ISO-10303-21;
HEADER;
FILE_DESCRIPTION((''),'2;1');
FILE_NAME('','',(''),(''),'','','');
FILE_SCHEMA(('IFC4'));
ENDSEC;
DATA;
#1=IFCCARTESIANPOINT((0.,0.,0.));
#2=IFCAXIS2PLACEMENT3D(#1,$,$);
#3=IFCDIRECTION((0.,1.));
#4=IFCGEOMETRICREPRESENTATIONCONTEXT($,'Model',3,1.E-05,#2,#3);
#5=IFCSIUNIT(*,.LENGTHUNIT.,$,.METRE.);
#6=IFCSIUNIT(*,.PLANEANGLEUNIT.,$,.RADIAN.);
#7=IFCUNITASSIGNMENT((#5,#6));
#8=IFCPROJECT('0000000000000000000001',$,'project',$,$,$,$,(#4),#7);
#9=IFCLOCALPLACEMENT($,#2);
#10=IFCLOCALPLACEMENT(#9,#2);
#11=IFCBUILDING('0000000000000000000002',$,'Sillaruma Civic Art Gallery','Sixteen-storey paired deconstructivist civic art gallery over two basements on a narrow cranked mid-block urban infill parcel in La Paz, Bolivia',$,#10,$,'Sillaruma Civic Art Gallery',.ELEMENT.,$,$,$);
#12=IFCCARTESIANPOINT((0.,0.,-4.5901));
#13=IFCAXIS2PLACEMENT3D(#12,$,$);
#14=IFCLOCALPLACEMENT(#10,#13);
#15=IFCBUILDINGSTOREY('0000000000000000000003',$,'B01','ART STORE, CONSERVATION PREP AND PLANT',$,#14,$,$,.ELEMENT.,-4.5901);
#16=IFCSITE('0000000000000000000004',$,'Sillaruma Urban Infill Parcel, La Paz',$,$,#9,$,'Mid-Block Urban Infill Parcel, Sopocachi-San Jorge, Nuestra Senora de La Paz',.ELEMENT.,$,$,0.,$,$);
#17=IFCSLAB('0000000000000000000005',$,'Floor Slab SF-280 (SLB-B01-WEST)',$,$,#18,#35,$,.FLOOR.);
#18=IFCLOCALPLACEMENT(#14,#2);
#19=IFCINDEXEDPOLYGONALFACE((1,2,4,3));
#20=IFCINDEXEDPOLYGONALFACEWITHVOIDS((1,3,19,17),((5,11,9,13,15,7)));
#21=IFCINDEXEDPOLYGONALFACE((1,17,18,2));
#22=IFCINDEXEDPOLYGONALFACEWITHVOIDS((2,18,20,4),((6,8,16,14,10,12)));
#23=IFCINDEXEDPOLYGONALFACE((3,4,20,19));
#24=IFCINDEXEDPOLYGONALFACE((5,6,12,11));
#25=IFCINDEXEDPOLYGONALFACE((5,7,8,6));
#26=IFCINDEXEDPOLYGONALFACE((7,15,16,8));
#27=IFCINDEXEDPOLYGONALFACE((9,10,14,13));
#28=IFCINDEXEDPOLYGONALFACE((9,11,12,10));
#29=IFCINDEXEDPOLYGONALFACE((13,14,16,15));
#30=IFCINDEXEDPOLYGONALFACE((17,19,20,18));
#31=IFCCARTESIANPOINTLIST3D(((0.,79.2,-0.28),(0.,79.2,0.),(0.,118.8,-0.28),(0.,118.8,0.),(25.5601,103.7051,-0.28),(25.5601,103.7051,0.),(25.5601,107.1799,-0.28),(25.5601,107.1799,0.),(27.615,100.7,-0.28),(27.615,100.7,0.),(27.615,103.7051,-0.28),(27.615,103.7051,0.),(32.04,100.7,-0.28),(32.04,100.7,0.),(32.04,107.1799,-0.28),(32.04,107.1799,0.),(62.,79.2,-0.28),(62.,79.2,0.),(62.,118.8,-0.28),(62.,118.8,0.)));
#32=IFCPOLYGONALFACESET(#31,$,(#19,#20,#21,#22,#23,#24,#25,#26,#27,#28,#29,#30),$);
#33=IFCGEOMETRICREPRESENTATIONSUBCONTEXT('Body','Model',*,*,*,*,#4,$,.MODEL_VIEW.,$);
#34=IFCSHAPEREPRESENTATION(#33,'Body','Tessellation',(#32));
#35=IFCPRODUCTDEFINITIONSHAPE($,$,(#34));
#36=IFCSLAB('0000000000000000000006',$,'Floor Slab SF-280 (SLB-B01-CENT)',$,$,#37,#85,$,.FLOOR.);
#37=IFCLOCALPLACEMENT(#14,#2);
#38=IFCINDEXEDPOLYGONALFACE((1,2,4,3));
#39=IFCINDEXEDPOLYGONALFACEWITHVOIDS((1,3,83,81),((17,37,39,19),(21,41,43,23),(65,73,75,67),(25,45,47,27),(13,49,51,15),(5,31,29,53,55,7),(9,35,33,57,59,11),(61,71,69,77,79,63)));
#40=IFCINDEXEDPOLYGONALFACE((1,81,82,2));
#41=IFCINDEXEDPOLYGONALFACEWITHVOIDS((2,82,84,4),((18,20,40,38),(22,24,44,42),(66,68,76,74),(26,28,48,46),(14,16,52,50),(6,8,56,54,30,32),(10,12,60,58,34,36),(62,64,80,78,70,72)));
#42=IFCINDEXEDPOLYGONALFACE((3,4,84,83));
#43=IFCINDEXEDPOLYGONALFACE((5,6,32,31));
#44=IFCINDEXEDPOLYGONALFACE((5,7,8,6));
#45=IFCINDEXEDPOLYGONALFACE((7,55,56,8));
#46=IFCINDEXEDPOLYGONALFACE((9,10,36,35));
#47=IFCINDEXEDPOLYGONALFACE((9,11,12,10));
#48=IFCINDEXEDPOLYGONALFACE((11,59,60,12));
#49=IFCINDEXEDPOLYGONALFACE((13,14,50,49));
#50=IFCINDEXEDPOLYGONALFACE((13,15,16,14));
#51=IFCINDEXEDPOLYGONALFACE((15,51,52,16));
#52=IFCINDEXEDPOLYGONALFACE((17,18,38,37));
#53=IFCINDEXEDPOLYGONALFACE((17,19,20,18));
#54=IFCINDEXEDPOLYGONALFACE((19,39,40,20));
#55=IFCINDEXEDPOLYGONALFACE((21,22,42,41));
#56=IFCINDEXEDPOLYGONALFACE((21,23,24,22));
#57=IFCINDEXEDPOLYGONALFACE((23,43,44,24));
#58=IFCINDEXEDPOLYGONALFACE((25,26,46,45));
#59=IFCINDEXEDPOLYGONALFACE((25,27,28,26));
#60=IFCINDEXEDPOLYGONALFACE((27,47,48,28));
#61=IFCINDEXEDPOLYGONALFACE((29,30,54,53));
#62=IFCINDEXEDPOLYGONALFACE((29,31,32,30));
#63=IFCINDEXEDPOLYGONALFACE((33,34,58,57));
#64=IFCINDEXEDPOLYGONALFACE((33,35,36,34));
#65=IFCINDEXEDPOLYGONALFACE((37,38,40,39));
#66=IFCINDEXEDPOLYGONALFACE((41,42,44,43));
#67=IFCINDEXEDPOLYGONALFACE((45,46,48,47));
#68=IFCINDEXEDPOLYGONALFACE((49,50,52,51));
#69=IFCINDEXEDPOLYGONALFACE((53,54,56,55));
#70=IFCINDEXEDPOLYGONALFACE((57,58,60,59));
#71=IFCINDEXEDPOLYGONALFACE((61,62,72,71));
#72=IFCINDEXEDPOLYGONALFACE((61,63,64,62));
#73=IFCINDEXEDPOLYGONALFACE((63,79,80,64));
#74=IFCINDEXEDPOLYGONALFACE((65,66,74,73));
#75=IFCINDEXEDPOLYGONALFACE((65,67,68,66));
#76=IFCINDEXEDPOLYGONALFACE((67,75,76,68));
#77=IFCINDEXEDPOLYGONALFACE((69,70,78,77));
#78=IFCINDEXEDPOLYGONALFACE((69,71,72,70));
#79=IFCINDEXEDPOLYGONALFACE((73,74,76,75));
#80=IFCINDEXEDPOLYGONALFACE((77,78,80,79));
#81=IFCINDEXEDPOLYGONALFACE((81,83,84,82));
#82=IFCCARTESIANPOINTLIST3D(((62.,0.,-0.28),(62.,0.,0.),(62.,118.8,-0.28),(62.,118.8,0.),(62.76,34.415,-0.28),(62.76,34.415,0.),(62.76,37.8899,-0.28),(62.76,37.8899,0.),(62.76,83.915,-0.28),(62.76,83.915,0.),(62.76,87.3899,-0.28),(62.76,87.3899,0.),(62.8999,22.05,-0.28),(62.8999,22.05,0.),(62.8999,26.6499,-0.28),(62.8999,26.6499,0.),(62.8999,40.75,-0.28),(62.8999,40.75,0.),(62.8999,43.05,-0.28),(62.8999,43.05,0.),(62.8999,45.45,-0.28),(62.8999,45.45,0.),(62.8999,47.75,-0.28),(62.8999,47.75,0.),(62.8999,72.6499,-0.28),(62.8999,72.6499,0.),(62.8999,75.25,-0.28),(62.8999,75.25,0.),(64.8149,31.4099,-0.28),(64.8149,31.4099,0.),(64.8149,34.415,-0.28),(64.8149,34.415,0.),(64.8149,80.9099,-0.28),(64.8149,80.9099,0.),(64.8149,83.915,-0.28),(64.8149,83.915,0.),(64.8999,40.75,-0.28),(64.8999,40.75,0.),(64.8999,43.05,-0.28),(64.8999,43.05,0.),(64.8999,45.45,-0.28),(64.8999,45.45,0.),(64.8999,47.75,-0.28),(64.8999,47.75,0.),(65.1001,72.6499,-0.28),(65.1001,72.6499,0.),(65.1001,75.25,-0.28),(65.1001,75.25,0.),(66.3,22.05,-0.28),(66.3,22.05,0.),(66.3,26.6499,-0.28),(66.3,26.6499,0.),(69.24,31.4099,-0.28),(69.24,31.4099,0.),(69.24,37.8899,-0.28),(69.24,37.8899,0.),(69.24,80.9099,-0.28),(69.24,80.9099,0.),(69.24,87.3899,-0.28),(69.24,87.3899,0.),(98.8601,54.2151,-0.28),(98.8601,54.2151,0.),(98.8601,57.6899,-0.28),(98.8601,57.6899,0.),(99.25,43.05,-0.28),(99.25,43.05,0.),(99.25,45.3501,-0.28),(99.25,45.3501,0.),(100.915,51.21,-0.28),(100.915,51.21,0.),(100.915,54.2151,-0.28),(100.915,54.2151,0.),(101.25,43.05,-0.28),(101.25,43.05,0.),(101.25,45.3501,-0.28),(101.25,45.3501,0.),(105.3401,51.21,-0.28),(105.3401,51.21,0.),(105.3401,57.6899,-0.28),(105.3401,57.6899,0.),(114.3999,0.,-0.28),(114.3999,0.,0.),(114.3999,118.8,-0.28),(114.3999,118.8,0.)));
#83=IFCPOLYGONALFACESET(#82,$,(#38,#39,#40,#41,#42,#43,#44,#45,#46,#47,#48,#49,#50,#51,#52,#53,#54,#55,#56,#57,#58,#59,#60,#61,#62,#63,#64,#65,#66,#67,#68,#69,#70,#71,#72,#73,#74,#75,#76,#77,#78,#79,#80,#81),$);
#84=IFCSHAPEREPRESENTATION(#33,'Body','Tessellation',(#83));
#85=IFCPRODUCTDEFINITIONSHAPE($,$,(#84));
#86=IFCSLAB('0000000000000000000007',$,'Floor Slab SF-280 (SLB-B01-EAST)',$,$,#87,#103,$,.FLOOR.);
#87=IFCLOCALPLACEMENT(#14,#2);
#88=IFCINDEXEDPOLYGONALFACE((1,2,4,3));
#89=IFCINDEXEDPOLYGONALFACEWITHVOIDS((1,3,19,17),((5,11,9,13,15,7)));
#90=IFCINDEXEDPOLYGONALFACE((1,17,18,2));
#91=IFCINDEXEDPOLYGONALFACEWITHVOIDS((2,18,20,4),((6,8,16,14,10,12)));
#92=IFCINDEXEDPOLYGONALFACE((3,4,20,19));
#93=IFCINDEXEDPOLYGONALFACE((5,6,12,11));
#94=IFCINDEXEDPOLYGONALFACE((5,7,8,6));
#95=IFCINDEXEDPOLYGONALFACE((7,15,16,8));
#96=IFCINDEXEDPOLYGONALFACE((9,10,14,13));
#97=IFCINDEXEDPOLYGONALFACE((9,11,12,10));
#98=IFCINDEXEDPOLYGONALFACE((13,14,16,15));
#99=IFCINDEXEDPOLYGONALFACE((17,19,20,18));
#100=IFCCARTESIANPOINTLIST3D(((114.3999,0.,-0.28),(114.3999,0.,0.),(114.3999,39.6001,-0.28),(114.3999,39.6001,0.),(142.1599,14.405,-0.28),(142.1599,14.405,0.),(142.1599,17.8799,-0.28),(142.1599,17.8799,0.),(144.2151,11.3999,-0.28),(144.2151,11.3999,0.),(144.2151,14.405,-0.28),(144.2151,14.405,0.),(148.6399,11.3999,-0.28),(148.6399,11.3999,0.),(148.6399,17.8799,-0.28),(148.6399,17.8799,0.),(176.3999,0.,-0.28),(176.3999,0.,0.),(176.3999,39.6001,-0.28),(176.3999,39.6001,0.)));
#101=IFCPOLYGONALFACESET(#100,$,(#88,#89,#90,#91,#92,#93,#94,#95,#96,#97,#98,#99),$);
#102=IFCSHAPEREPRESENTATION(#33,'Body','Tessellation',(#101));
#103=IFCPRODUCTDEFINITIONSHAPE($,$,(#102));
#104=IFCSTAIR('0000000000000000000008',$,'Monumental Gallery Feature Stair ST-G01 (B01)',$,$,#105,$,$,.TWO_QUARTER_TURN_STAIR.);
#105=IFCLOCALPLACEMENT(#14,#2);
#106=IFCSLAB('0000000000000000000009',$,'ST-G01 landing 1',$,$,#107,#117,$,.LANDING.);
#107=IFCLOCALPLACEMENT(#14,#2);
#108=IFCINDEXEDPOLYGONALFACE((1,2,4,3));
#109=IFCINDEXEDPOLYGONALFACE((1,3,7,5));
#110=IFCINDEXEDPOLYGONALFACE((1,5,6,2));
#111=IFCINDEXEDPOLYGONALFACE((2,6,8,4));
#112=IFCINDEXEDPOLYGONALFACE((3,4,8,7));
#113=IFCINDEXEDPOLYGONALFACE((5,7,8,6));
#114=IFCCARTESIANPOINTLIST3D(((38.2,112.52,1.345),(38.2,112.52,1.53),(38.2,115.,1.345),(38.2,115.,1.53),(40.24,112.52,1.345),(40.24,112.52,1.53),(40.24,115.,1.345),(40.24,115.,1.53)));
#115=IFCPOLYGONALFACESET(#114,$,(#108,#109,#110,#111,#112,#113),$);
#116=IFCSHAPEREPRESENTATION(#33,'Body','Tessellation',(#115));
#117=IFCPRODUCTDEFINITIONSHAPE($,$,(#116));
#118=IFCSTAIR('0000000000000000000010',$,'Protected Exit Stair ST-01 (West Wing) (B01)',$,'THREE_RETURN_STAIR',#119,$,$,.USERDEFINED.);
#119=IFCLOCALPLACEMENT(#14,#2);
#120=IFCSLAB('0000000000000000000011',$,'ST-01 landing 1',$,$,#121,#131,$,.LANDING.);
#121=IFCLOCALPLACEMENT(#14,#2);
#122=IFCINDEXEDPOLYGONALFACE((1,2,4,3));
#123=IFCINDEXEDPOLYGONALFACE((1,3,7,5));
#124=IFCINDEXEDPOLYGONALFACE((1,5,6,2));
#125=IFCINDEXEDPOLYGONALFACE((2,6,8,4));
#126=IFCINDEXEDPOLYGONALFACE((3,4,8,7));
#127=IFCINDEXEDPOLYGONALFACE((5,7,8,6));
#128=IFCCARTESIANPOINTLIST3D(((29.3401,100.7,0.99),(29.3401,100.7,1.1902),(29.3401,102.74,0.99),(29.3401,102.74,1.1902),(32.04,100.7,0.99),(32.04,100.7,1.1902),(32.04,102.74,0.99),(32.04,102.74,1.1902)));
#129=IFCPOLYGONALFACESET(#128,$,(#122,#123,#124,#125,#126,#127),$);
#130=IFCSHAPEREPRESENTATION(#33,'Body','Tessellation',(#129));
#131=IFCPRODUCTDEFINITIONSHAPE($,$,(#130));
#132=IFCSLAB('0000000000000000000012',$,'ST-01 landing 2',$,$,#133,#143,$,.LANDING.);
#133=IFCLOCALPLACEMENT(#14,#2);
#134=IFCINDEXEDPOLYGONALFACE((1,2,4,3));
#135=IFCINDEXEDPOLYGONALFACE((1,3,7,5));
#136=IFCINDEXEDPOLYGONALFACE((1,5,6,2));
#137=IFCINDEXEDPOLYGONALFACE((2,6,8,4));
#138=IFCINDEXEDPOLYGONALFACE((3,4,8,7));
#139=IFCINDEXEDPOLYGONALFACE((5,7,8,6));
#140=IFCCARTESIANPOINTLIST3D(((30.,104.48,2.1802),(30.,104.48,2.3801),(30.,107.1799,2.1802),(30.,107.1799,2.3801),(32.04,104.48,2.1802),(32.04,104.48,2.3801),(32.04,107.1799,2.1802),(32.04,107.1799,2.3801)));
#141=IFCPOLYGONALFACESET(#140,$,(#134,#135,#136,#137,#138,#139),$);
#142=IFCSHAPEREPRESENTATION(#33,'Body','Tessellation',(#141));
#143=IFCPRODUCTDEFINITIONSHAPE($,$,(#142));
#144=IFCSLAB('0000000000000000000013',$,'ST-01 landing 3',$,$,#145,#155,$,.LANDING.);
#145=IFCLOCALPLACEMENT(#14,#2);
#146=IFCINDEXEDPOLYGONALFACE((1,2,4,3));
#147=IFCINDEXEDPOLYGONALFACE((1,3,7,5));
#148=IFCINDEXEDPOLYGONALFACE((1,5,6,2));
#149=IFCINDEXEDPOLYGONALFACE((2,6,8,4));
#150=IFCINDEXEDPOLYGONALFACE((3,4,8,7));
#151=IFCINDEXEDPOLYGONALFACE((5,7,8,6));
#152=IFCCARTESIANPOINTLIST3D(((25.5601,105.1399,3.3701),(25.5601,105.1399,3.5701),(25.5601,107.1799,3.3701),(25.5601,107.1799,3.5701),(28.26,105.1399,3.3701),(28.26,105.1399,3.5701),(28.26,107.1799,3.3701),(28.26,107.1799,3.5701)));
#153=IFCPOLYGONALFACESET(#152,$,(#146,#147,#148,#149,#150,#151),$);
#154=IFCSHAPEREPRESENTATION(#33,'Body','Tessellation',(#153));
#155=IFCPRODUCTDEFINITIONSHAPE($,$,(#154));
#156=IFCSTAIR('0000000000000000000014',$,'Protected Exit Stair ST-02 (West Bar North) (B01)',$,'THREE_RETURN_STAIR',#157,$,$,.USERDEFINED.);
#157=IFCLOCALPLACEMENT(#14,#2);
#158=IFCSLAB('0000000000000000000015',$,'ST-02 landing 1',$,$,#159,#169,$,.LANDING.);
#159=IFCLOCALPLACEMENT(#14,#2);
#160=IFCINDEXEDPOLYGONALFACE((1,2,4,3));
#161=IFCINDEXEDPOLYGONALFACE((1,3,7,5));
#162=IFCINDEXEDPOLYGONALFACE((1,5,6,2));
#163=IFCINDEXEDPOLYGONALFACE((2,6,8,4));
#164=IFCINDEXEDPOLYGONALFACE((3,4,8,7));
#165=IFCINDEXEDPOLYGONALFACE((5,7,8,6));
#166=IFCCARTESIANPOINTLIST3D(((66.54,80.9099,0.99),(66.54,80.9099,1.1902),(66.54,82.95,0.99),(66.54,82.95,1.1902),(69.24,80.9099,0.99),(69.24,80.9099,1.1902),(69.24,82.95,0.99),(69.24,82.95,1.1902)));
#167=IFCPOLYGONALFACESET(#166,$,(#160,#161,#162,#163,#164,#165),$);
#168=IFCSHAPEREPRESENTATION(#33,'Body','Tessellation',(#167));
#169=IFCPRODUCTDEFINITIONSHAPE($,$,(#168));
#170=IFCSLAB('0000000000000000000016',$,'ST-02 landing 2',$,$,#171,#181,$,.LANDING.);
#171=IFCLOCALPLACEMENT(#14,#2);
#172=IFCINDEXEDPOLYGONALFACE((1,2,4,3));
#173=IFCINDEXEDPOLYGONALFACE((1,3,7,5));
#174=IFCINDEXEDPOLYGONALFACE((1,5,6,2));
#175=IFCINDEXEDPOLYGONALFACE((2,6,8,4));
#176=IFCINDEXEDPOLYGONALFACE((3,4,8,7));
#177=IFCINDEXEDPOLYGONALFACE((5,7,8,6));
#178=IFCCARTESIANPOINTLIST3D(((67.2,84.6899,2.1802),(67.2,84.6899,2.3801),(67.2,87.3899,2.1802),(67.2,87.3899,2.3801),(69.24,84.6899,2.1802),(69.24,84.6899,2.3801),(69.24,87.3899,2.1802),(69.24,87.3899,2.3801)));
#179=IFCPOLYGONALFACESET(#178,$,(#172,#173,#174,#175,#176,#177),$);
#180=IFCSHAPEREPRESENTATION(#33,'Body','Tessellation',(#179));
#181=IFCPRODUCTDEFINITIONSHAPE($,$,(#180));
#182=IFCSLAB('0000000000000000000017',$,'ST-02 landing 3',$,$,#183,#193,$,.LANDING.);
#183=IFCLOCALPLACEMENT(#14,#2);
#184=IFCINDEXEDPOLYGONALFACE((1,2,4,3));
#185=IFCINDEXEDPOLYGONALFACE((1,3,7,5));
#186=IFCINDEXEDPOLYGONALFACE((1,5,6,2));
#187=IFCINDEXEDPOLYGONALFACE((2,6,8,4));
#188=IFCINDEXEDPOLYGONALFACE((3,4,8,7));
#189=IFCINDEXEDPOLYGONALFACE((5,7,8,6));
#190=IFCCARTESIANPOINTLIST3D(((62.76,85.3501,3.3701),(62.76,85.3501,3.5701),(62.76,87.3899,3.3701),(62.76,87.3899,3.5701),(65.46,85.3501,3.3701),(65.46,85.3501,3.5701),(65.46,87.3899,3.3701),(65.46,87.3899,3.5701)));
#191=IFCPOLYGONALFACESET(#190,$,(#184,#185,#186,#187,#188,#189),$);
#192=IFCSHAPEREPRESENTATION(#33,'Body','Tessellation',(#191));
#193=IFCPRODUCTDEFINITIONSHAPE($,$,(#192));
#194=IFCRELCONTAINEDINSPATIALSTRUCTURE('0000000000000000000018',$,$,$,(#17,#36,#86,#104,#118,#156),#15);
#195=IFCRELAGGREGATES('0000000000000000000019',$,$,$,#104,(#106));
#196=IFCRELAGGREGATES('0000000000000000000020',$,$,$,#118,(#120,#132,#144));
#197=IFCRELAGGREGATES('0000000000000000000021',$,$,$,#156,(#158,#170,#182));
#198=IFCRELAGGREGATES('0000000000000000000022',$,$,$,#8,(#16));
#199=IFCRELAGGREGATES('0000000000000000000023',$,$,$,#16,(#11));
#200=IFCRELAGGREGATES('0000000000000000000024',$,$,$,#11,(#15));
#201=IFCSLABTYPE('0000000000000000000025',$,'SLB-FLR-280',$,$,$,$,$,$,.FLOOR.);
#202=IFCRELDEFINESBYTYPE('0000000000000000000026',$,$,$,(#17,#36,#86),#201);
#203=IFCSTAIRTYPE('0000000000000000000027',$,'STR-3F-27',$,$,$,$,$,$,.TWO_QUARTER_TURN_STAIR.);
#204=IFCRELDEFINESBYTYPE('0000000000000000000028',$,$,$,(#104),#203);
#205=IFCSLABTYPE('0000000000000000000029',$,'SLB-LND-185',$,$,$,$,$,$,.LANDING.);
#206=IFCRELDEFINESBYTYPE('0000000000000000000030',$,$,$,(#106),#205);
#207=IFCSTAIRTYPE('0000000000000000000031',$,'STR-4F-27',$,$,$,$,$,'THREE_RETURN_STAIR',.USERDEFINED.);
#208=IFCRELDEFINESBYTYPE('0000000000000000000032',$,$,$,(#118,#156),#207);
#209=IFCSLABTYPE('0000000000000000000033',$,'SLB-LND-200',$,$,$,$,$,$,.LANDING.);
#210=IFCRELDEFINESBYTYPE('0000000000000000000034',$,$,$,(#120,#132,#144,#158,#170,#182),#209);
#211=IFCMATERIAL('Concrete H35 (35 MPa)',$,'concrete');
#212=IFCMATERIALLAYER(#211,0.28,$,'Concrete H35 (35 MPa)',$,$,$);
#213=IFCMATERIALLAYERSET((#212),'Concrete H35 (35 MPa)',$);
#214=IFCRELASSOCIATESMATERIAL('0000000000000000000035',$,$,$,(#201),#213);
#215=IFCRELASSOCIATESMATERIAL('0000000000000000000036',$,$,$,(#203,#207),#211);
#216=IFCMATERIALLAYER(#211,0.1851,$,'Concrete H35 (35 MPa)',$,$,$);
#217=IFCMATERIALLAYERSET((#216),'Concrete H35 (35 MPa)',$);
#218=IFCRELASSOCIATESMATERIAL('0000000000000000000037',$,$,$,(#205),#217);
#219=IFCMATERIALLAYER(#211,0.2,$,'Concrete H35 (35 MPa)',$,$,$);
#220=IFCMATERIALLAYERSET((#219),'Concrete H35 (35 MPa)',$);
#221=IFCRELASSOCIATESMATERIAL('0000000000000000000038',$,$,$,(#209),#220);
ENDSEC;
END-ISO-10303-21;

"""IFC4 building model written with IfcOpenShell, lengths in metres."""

from ifc_helpers import new_model, si_unit, direction, frame, origin, place, context, subcontext, project, spatial, polyline, outline, extrude, material, layer, layer_set, type_object, element, aggregate, save


model = new_model("IFC4")

# Units and contexts
model_context = context("Model", 3, precision=1e-05, world=origin(), true_north=direction((0.0, 1.0)))
body_context = subcontext(model_context, "Body", "Model", "MODEL_VIEW")
ifc_project = project(units=[si_unit("LENGTHUNIT", "METRE"), si_unit("PLANEANGLEUNIT", "RADIAN")], contexts=[model_context])

# Site, building, storey
site_placement = place(None, origin())
site = spatial("IfcSite", under=ifc_project, at=site_placement, Name="Sillaruma Urban Infill Parcel, La Paz", LongName="Mid-Block Urban Infill Parcel, Sopocachi-San Jorge, Nuestra Senora de La Paz", CompositionType="ELEMENT", RefElevation=0.0)
building_placement = place(site_placement, origin())
building = spatial("IfcBuilding", under=site, at=building_placement, Name="Sillaruma Civic Art Gallery", Description="Sixteen-storey paired deconstructivist civic art gallery over two basements on a narrow cranked mid-block urban infill parcel in La Paz, Bolivia", LongName="Sillaruma Civic Art Gallery", CompositionType="ELEMENT")
storey_placement = place(building_placement, frame((0.0, 0.0, -4.5901)))
storey = spatial("IfcBuildingStorey", under=building, at=storey_placement, Name="B01", Description="ART STORE, CONSERVATION PREP AND PLANT", CompositionType="ELEMENT", Elevation=-4.5901)

# Slabs
ifc_material = material(Name="Concrete H35 (35 MPa)", Category="concrete")
ifc_layer_1 = layer(ifc_material, 0.28, Name="Concrete H35 (35 MPa)")
ifc_layer_set_1 = layer_set([ifc_layer_1], Name="Concrete H35 (35 MPa)")
slab_type_1 = type_object("IfcSlabType", Name="SLB-FLR-280", PredefinedType="FLOOR", material=ifc_layer_set_1)
slab_1_placement = place(storey_placement, frame((0.0, 0.0, -0.28)))
element("IfcSlab", 1, at=slab_1_placement, inside=storey, type_object=slab_type_1, Name="Floor Slab SF-280 (SLB-B01-WEST)", PredefinedType="FLOOR", context=body_context, shape_type="SweptSolid", body=[
    extrude(outline(polyline([(0.0, 79.2), (62.0, 79.2), (62.0, 118.8), (0.0, 118.8), (0.0, 79.2)]), holes=[polyline([(27.615, 100.7), (32.04, 100.7), (32.04, 107.1799), (25.5601, 107.1799), (25.5601, 103.7051), (27.615, 103.7051), (27.615, 100.7)])]), origin(), (0.0, 0.0, 1.0), 0.28),
])
slab_2_placement = place(storey_placement, frame((0.0, 0.0, -0.28)))
element("IfcSlab", 2, at=slab_2_placement, inside=storey, type_object=slab_type_1, Name="Floor Slab SF-280 (SLB-B01-CENT)", PredefinedType="FLOOR", context=body_context, shape_type="SweptSolid", body=[
    extrude(outline(polyline([(62.0, 0.0), (114.3999, 0.0), (114.3999, 118.8), (62.0, 118.8), (62.0, 0.0)]), holes=[polyline([(64.8149, 80.9099), (69.24, 80.9099), (69.24, 87.3899), (62.76, 87.3899), (62.76, 83.915), (64.8149, 83.915), (64.8149, 80.9099)]), polyline([(64.8149, 31.4099), (69.24, 31.4099), (69.24, 37.8899), (62.76, 37.8899), (62.76, 34.415), (64.8149, 34.415), (64.8149, 31.4099)]), polyline([(100.915, 51.21), (105.3401, 51.21), (105.3401, 57.6899), (98.8601, 57.6899), (98.8601, 54.2151), (100.915, 54.2151), (100.915, 51.21)]), polyline([(62.8999, 40.75), (64.8999, 40.75), (64.8999, 43.05), (62.8999, 43.05), (62.8999, 40.75)]), polyline([(62.8999, 45.45), (64.8999, 45.45), (64.8999, 47.75), (62.8999, 47.75), (62.8999, 45.45)]), polyline([(99.25, 43.05), (101.25, 43.05), (101.25, 45.3501), (99.25, 45.3501), (99.25, 43.05)]), polyline([(62.8999, 72.6499), (65.1001, 72.6499), (65.1001, 75.25), (62.8999, 75.25), (62.8999, 72.6499)]), polyline([(62.8999, 22.05), (66.3, 22.05), (66.3, 26.6499), (62.8999, 26.6499), (62.8999, 22.05)])]), origin(), (0.0, 0.0, 1.0), 0.28),
])
slab_3_placement = place(storey_placement, frame((0.0, 0.0, -0.28)))
element("IfcSlab", 3, at=slab_3_placement, inside=storey, type_object=slab_type_1, Name="Floor Slab SF-280 (SLB-B01-EAST)", PredefinedType="FLOOR", context=body_context, shape_type="SweptSolid", body=[
    extrude(outline(polyline([(114.3999, 0.0), (176.3999, 0.0), (176.3999, 39.6001), (114.3999, 39.6001), (114.3999, 0.0)]), holes=[polyline([(144.2151, 11.3999), (148.6399, 11.3999), (148.6399, 17.8799), (142.1599, 17.8799), (142.1599, 14.405), (144.2151, 14.405), (144.2151, 11.3999)])]), origin(), (0.0, 0.0, 1.0), 0.28),
])

# Stair, slab
stair_type_1 = type_object("IfcStairType", Name="STR-3F-27", PredefinedType="TWO_QUARTER_TURN_STAIR", material=ifc_material)
stair_1_placement = place(storey_placement, origin())
stair_1 = element("IfcStair", 4, at=stair_1_placement, inside=storey, type_object=stair_type_1, Name="Monumental Gallery Feature Stair ST-G01 (B01)", PredefinedType="TWO_QUARTER_TURN_STAIR")
ifc_layer_2 = layer(ifc_material, 0.1851, Name="Concrete H35 (35 MPa)")
ifc_layer_set_2 = layer_set([ifc_layer_2], Name="Concrete H35 (35 MPa)")
slab_type_2 = type_object("IfcSlabType", Name="SLB-LND-185", PredefinedType="LANDING", material=ifc_layer_set_2)
slab_4_placement = place(storey_placement, frame((0.0, 0.0, 1.345)))
slab_4 = element("IfcSlab", 5, at=slab_4_placement, type_object=slab_type_2, Name="ST-G01 landing 1", PredefinedType="LANDING", context=body_context, shape_type="SweptSolid", body=[
    extrude(outline(polyline([(38.2, 112.52), (40.24, 112.52), (40.24, 115.0), (38.2, 115.0), (38.2, 112.52)])), origin(), (0.0, 0.0, 1.0), 0.1851),
])
aggregate(stair_1, [slab_4])

# Stairs, slabs
stair_type_2 = type_object("IfcStairType", Name="STR-4F-27", ElementType="THREE_RETURN_STAIR", PredefinedType="USERDEFINED", material=ifc_material)
stair_2_placement = place(storey_placement, origin())
stair_2 = element("IfcStair", 6, at=stair_2_placement, inside=storey, type_object=stair_type_2, Name="Protected Exit Stair ST-01 (West Wing) (B01)", ObjectType="THREE_RETURN_STAIR", PredefinedType="USERDEFINED")
ifc_layer_3 = layer(ifc_material, 0.2, Name="Concrete H35 (35 MPa)")
ifc_layer_set_3 = layer_set([ifc_layer_3], Name="Concrete H35 (35 MPa)")
slab_type_3 = type_object("IfcSlabType", Name="SLB-LND-200", PredefinedType="LANDING", material=ifc_layer_set_3)
slab_5_placement = place(storey_placement, frame((0.0, 0.0, 0.99)))
slab_5 = element("IfcSlab", 7, at=slab_5_placement, type_object=slab_type_3, Name="ST-01 landing 1", PredefinedType="LANDING", context=body_context, shape_type="SweptSolid", body=[
    extrude(outline(polyline([(29.3401, 100.7), (32.04, 100.7), (32.04, 102.74), (29.3401, 102.74), (29.3401, 100.7)])), origin(), (0.0, 0.0, 1.0), 0.2002),
])
slab_6_placement = place(storey_placement, frame((0.0, 0.0, 2.1802)))
slab_6 = element("IfcSlab", 8, at=slab_6_placement, type_object=slab_type_3, Name="ST-01 landing 2", PredefinedType="LANDING", context=body_context, shape_type="SweptSolid", body=[
    extrude(outline(polyline([(30.0, 104.48), (32.04, 104.48), (32.04, 107.1799), (30.0, 107.1799), (30.0, 104.48)])), origin(), (0.0, 0.0, 1.0), 0.2),
])
slab_7_placement = place(storey_placement, frame((0.0, 0.0, 3.3701)))
slab_7 = element("IfcSlab", 9, at=slab_7_placement, type_object=slab_type_3, Name="ST-01 landing 3", PredefinedType="LANDING", context=body_context, shape_type="SweptSolid", body=[
    extrude(outline(polyline([(25.5601, 105.1399), (28.26, 105.1399), (28.26, 107.1799), (25.5601, 107.1799), (25.5601, 105.1399)])), origin(), (0.0, 0.0, 1.0), 0.2),
])
aggregate(stair_2, [slab_5, slab_6, slab_7])
stair_3_placement = place(storey_placement, origin())
stair_3 = element("IfcStair", 10, at=stair_3_placement, inside=storey, type_object=stair_type_2, Name="Protected Exit Stair ST-02 (West Bar North) (B01)", ObjectType="THREE_RETURN_STAIR", PredefinedType="USERDEFINED")
slab_8_placement = place(storey_placement, frame((0.0, 0.0, 0.99)))
slab_8 = element("IfcSlab", 11, at=slab_8_placement, type_object=slab_type_3, Name="ST-02 landing 1", PredefinedType="LANDING", context=body_context, shape_type="SweptSolid", body=[
    extrude(outline(polyline([(66.54, 80.9099), (69.24, 80.9099), (69.24, 82.95), (66.54, 82.95), (66.54, 80.9099)])), origin(), (0.0, 0.0, 1.0), 0.2002),
])
slab_9_placement = place(storey_placement, frame((0.0, 0.0, 2.1802)))
slab_9 = element("IfcSlab", 12, at=slab_9_placement, type_object=slab_type_3, Name="ST-02 landing 2", PredefinedType="LANDING", context=body_context, shape_type="SweptSolid", body=[
    extrude(outline(polyline([(67.2, 84.6899), (69.24, 84.6899), (69.24, 87.3899), (67.2, 87.3899), (67.2, 84.6899)])), origin(), (0.0, 0.0, 1.0), 0.2),
])
slab_10_placement = place(storey_placement, frame((0.0, 0.0, 3.3701)))
slab_10 = element("IfcSlab", 13, at=slab_10_placement, type_object=slab_type_3, Name="ST-02 landing 3", PredefinedType="LANDING", context=body_context, shape_type="SweptSolid", body=[
    extrude(outline(polyline([(62.76, 85.3501), (65.46, 85.3501), (65.46, 87.3899), (62.76, 87.3899), (62.76, 85.3501)])), origin(), (0.0, 0.0, 1.0), 0.2),
])
aggregate(stair_3, [slab_8, slab_9, slab_10])

save(model, "model.ifc")
